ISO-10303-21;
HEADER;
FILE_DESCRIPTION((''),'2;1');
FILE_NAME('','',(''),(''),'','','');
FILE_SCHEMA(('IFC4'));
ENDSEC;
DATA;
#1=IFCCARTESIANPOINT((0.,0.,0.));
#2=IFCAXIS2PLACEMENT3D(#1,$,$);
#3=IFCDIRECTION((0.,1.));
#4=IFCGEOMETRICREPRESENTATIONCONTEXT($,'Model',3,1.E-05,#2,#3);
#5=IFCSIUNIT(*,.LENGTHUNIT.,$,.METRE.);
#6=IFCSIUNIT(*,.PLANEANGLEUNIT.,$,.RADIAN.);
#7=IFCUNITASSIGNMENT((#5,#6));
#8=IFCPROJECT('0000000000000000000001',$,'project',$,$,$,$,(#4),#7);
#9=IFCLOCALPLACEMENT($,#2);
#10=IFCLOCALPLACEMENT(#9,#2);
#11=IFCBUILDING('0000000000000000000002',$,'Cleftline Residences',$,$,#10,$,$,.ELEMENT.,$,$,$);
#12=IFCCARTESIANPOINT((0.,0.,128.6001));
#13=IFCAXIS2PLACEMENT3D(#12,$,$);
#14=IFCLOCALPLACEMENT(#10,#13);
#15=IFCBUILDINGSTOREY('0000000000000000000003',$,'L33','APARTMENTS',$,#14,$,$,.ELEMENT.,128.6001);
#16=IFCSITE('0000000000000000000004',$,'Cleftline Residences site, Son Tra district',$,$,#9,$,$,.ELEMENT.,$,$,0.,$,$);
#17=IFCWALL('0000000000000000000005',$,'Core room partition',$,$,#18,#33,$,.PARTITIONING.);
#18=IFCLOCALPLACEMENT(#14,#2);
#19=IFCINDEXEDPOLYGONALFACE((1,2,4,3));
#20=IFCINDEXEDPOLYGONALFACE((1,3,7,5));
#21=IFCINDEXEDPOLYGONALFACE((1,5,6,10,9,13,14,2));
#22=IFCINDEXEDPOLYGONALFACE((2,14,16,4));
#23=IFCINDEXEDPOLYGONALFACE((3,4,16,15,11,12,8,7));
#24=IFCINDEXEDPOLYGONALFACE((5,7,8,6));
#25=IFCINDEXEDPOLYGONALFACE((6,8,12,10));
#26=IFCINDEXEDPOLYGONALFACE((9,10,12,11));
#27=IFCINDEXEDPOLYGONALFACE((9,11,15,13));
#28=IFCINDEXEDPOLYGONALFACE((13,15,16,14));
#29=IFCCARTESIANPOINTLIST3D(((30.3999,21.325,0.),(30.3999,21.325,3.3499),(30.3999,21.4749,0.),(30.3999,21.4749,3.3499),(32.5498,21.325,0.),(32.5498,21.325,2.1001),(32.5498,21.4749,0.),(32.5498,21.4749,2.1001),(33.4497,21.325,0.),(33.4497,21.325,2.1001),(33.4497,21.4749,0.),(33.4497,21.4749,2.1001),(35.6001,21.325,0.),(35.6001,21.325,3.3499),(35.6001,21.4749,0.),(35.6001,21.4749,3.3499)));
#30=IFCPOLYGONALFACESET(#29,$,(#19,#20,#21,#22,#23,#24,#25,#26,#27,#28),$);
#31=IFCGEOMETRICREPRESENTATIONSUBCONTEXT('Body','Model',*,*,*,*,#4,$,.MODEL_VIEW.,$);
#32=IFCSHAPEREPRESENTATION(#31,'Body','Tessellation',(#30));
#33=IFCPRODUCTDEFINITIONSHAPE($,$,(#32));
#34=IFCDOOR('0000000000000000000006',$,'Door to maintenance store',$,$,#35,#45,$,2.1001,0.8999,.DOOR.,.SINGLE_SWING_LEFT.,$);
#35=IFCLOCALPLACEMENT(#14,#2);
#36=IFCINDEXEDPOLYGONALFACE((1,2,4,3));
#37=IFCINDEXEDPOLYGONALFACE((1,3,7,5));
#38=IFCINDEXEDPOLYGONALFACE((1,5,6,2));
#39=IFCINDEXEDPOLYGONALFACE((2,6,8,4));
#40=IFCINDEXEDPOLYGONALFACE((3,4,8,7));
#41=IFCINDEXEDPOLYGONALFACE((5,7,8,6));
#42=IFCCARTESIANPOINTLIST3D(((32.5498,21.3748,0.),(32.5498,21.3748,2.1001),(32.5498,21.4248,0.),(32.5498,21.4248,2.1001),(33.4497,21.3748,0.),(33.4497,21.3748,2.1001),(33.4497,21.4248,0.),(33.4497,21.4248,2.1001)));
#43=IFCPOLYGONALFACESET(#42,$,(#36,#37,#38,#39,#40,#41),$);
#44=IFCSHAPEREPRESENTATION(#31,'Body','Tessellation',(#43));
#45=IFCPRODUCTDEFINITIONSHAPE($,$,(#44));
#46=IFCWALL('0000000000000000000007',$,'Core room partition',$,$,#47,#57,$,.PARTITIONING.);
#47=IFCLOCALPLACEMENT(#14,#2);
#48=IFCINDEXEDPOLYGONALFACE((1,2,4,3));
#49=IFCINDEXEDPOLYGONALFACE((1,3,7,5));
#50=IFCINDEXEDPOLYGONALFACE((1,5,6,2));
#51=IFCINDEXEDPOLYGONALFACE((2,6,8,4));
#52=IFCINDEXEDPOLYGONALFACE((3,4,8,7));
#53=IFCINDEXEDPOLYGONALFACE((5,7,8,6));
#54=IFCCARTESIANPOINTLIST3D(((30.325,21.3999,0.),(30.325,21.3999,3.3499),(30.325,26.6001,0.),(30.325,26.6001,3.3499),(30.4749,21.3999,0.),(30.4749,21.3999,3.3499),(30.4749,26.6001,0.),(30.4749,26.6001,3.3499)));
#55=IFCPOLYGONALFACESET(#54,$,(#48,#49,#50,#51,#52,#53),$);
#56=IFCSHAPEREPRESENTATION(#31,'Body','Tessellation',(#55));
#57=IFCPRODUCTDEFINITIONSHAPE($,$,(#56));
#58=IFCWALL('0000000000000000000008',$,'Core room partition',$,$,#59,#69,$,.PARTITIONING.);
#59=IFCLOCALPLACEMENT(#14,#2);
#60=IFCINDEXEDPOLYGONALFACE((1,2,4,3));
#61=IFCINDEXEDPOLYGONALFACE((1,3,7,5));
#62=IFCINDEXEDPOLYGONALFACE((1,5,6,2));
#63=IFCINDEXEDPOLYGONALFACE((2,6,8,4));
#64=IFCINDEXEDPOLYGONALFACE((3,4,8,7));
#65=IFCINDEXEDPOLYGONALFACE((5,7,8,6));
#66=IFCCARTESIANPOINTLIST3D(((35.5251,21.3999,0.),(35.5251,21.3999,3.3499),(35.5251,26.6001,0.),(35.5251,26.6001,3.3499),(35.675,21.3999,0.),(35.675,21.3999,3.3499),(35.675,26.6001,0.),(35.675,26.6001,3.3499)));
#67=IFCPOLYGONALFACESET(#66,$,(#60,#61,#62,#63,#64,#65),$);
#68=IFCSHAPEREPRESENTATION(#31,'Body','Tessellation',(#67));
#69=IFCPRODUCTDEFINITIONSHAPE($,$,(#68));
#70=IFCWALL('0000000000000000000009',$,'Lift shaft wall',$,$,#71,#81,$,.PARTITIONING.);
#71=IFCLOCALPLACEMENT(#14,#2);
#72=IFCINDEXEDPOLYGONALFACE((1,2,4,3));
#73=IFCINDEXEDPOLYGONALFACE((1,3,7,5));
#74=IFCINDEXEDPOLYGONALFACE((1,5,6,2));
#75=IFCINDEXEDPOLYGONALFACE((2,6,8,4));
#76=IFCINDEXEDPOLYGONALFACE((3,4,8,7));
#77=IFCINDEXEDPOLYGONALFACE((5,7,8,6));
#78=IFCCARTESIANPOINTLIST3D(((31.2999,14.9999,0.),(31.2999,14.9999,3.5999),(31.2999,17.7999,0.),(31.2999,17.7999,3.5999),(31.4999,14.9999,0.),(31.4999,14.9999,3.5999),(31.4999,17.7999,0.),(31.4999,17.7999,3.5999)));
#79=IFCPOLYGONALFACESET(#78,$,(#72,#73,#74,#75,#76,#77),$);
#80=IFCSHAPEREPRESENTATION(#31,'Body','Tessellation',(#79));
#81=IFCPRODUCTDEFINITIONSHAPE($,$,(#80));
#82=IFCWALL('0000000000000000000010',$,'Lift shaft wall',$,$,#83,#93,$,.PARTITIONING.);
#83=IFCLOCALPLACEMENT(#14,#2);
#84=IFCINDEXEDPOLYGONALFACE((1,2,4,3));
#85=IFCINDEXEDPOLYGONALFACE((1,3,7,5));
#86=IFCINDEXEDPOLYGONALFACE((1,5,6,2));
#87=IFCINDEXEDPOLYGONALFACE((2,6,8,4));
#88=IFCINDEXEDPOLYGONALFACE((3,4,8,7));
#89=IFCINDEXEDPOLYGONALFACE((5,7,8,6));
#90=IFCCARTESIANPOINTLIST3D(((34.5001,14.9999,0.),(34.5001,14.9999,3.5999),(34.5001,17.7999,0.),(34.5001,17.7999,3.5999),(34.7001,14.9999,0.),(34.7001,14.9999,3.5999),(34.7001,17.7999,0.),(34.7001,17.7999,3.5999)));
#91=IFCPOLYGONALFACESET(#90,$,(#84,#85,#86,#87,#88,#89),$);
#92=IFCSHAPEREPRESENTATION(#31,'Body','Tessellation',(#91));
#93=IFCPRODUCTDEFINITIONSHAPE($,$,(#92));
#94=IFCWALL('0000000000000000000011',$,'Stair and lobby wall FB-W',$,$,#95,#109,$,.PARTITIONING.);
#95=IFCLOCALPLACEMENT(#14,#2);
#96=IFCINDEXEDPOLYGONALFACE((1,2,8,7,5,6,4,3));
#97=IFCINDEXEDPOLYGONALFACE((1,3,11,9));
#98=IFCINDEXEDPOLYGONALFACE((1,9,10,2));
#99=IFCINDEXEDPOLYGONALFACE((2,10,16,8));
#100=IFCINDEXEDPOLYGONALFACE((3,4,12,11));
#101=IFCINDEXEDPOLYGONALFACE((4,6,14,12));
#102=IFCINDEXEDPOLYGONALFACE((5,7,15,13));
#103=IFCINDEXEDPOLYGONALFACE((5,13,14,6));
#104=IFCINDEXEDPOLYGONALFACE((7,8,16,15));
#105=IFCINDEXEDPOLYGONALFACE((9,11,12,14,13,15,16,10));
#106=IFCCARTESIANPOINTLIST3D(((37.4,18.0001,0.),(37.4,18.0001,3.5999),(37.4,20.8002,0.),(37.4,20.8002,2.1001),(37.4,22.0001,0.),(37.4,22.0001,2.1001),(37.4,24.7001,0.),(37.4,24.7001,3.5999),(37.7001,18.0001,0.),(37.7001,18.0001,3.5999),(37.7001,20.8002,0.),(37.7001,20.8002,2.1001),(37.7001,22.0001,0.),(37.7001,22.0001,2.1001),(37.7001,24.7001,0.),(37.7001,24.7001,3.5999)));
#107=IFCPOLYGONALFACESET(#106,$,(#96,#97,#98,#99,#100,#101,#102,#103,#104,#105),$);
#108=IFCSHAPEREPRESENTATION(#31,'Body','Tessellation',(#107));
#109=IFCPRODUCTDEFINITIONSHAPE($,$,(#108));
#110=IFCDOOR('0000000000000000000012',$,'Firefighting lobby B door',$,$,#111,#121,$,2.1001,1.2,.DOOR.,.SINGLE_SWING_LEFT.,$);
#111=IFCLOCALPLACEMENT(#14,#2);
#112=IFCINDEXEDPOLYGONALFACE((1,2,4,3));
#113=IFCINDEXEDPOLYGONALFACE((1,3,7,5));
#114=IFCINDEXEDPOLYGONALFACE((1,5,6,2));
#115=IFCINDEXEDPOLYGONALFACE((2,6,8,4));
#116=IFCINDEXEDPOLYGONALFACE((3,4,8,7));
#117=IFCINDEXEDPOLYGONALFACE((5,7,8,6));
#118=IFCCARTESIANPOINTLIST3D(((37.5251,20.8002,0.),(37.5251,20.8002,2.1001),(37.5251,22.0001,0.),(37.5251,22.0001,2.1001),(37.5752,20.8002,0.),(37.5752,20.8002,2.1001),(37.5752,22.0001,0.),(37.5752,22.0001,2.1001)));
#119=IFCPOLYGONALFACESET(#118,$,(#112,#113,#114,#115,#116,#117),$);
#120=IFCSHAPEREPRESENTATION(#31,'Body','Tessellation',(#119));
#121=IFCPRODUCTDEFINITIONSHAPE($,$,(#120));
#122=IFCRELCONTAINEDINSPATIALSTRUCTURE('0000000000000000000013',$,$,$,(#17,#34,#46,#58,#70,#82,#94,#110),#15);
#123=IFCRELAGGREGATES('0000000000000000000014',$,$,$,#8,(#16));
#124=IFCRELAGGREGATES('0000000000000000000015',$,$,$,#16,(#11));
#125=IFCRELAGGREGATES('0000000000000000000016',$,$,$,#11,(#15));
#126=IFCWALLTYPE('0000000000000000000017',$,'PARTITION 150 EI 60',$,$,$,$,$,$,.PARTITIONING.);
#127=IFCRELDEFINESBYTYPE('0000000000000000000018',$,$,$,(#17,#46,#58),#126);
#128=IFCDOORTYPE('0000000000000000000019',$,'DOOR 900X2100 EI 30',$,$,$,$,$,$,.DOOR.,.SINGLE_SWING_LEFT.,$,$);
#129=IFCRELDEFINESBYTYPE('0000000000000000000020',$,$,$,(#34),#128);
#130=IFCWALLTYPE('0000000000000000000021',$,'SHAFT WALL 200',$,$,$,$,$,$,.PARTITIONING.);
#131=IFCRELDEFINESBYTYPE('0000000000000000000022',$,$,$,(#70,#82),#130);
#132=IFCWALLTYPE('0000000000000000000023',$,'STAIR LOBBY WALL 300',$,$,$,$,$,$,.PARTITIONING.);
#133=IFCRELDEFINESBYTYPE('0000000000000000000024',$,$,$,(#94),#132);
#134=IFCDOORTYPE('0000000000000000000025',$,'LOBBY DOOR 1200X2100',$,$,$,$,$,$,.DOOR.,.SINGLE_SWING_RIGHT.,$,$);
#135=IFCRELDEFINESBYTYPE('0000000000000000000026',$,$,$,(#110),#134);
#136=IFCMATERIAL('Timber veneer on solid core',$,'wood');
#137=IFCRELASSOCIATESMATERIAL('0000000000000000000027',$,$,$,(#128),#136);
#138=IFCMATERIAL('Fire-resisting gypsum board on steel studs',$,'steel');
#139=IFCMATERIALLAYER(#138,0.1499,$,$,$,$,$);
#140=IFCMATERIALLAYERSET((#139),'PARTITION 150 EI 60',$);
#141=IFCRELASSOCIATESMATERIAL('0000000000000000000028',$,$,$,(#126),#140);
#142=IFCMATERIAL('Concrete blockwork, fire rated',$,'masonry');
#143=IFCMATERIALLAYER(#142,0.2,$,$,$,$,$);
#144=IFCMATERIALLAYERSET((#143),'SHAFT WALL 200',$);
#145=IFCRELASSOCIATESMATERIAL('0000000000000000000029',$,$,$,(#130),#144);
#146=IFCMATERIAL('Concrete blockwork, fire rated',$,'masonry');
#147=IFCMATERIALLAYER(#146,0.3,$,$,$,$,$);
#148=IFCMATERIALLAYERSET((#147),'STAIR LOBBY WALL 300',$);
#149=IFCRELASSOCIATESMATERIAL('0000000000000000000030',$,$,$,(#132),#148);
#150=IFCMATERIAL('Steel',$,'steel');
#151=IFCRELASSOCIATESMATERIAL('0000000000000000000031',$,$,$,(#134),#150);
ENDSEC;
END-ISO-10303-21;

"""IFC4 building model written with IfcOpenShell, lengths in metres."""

from ifc_helpers import new_model, si_unit, direction, frame, frame_2d, origin, place, context, subcontext, project, spatial, rectangle, extrude, material, layer, layer_set, type_object, element, fill, save


model = new_model("IFC4")

# Units and contexts
model_context = context("Model", 3, precision=1e-05, world=origin(), true_north=direction((0.0, 1.0)))
body_context = subcontext(model_context, "Body", "Model", "MODEL_VIEW")
ifc_project = project(units=[si_unit("LENGTHUNIT", "METRE"), si_unit("PLANEANGLEUNIT", "RADIAN")], contexts=[model_context])

# Site, building, storey
site_placement = place(None, origin())
site = spatial("IfcSite", under=ifc_project, at=site_placement, Name="Cleftline Residences site, Son Tra district", CompositionType="ELEMENT", RefElevation=0.0)
building_placement = place(site_placement, origin())
building = spatial("IfcBuilding", under=site, at=building_placement, Name="Cleftline Residences", CompositionType="ELEMENT")
storey_placement = place(building_placement, frame((0.0, 0.0, 128.6001)))
storey = spatial("IfcBuildingStorey", under=building, at=storey_placement, Name="L33", Description="APARTMENTS", CompositionType="ELEMENT", Elevation=128.6001)

# Shared definitions
ifc_material_1 = material(Name="Timber veneer on solid core", Category="wood")
door_type_1 = type_object("IfcDoorType", Name="DOOR 900X2100 EI 30", OperationType="SINGLE_SWING_LEFT", PredefinedType="DOOR", material=ifc_material_1)

# Wall, opening, door
ifc_material_2 = material(Name="Fire-resisting gypsum board on steel studs", Category="steel")
ifc_layer_1 = layer(ifc_material_2, 0.1499)
ifc_layer_set_1 = layer_set([ifc_layer_1], Name="PARTITION 150 EI 60")
wall_type_1 = type_object("IfcWallType", Name="PARTITION 150 EI 60", PredefinedType="PARTITIONING", material=ifc_layer_set_1)
wall_1_placement = place(storey_placement, frame((30.3999, 21.3999, 0.0), z_axis=(0.0, 0.0, 1.0), x_axis=(1.0, 0.0, 0.0)))
wall_1 = element("IfcWall", 1, at=wall_1_placement, inside=storey, type_object=wall_type_1, Name="Core room partition", PredefinedType="PARTITIONING", context=body_context, shape_type="SweptSolid", body=[
    extrude(rectangle(XDim=5.2002, YDim=0.1499, at=frame_2d((2.6001, 0.0))), origin(), (0.0, 0.0, 1.0), 3.3499),
])
opening_1_placement = place(wall_1_placement, frame((2.1499, 0.0, 0.0)))
opening_1 = element("IfcOpeningElement", 2, at=opening_1_placement, cuts=wall_1, PredefinedType="OPENING", context=body_context, shape_type="SweptSolid", body=[
    extrude(rectangle(XDim=0.8999, YDim=2.1001, at=frame_2d((0.45, 1.05))), frame((0.0, 0.085, 0.0), z_axis=(0.0, -1.0, 0.0), x_axis=(1.0, 0.0, 0.0)), (0.0, 0.0, 1.0), 0.1699),
])
door_1_placement = place(opening_1_placement, origin())
door_1 = element("IfcDoor", 3, at=door_1_placement, inside=storey, type_object=door_type_1, Name="Door to maintenance store", OperationType="SINGLE_SWING_LEFT", OverallHeight=2.1001, OverallWidth=0.8999, PredefinedType="DOOR", context=body_context, shape_type="SweptSolid", body=[
    extrude(rectangle(XDim=0.8999, YDim=2.1001, at=frame_2d((0.45, 1.05))), frame((0.0, 0.0249, 0.0), z_axis=(0.0, -1.0, 0.0), x_axis=(1.0, 0.0, 0.0)), (0.0, 0.0, 1.0), 0.05),
])
fill(opening_1, door_1)

# Walls
for number, where, z_axis, x_axis, name in (
    (4, (30.3999, 21.3999, 0.0), (0.0, 0.0, 1.0), (0.0, 1.0, 0.0), "Core room partition"),
    (5, (35.6001, 21.3999, 0.0), (0.0, 0.0, 1.0), (0.0, 1.0, 0.0), "Core room partition"),
):
    element("IfcWall", number, at=place(storey_placement, frame(where, z_axis=z_axis, x_axis=x_axis)), inside=storey, type_object=wall_type_1, Name=name, PredefinedType="PARTITIONING", context=body_context, shape_type="SweptSolid", body=[
        extrude(rectangle(XDim=5.2002, YDim=0.1499, at=frame_2d((2.6001, 0.0))), origin(), (0.0, 0.0, 1.0), 3.3499),
    ])
ifc_material_3 = material(Name="Concrete blockwork, fire rated", Category="masonry")
ifc_layer_2 = layer(ifc_material_3, 0.2)
ifc_layer_set_2 = layer_set([ifc_layer_2], Name="SHAFT WALL 200")
wall_type_2 = type_object("IfcWallType", Name="SHAFT WALL 200", PredefinedType="PARTITIONING", material=ifc_layer_set_2)
for number, where, z_axis, x_axis, name in (
    (6, (31.3999, 15.0, 0.0), (0.0, 0.0, 1.0), (0.0, 1.0, 0.0), "Lift shaft wall"),
    (7, (34.6001, 15.0, 0.0), (0.0, 0.0, 1.0), (0.0, 1.0, 0.0), "Lift shaft wall"),
):
    element("IfcWall", number, at=place(storey_placement, frame(where, z_axis=z_axis, x_axis=x_axis)), inside=storey, type_object=wall_type_2, Name=name, PredefinedType="PARTITIONING", context=body_context, shape_type="SweptSolid", body=[
        extrude(rectangle(XDim=2.8, YDim=0.2, at=frame_2d((1.3999, 0.0))), origin(), (0.0, 0.0, 1.0), 3.5999),
    ])

# Wall, opening, door
ifc_material_4 = material(Name="Concrete blockwork, fire rated", Category="masonry")
ifc_layer_3 = layer(ifc_material_4, 0.3)
ifc_layer_set_3 = layer_set([ifc_layer_3], Name="STAIR LOBBY WALL 300")
wall_type_3 = type_object("IfcWallType", Name="STAIR LOBBY WALL 300", PredefinedType="PARTITIONING", material=ifc_layer_set_3)
wall_2_placement = place(storey_placement, frame((37.55, 18.0, 0.0), z_axis=(0.0, 0.0, 1.0), x_axis=(0.0, 1.0, 0.0)))
wall_2 = element("IfcWall", 8, at=wall_2_placement, inside=storey, type_object=wall_type_3, Name="Stair and lobby wall FB-W", PredefinedType="PARTITIONING", context=body_context, shape_type="SweptSolid", body=[
    extrude(rectangle(XDim=6.7, YDim=0.3, at=frame_2d((3.3501, 0.0))), origin(), (0.0, 0.0, 1.0), 3.5999),
])
opening_2_placement = place(wall_2_placement, frame((2.8, 0.0, 0.0)))
opening_2 = element("IfcOpeningElement", 9, at=opening_2_placement, cuts=wall_2, PredefinedType="OPENING", context=body_context, shape_type="SweptSolid", body=[
    extrude(rectangle(XDim=1.2, YDim=2.1001, at=frame_2d((0.6001, 1.05))), frame((0.0, 0.1599, 0.0), z_axis=(0.0, -1.0, 0.0), x_axis=(1.0, 0.0, 0.0)), (0.0, 0.0, 1.0), 0.3201),
])
ifc_material_5 = material(Name="Steel", Category="steel")
door_type_2 = type_object("IfcDoorType", Name="LOBBY DOOR 1200X2100", OperationType="SINGLE_SWING_RIGHT", PredefinedType="DOOR", material=ifc_material_5)
door_2_placement = place(opening_2_placement, origin())
door_2 = element("IfcDoor", 10, at=door_2_placement, inside=storey, type_object=door_type_2, Name="Firefighting lobby B door", OperationType="SINGLE_SWING_LEFT", OverallHeight=2.1001, OverallWidth=1.2, PredefinedType="DOOR", context=body_context, shape_type="SweptSolid", body=[
    extrude(rectangle(XDim=1.2, YDim=2.1001, at=frame_2d((0.6001, 1.05))), frame((0.0, 0.0249, 0.0), z_axis=(0.0, -1.0, 0.0), x_axis=(1.0, 0.0, 0.0)), (0.0, 0.0, 1.0), 0.05),
])
fill(opening_2, door_2)

save(model, "model.ifc")
